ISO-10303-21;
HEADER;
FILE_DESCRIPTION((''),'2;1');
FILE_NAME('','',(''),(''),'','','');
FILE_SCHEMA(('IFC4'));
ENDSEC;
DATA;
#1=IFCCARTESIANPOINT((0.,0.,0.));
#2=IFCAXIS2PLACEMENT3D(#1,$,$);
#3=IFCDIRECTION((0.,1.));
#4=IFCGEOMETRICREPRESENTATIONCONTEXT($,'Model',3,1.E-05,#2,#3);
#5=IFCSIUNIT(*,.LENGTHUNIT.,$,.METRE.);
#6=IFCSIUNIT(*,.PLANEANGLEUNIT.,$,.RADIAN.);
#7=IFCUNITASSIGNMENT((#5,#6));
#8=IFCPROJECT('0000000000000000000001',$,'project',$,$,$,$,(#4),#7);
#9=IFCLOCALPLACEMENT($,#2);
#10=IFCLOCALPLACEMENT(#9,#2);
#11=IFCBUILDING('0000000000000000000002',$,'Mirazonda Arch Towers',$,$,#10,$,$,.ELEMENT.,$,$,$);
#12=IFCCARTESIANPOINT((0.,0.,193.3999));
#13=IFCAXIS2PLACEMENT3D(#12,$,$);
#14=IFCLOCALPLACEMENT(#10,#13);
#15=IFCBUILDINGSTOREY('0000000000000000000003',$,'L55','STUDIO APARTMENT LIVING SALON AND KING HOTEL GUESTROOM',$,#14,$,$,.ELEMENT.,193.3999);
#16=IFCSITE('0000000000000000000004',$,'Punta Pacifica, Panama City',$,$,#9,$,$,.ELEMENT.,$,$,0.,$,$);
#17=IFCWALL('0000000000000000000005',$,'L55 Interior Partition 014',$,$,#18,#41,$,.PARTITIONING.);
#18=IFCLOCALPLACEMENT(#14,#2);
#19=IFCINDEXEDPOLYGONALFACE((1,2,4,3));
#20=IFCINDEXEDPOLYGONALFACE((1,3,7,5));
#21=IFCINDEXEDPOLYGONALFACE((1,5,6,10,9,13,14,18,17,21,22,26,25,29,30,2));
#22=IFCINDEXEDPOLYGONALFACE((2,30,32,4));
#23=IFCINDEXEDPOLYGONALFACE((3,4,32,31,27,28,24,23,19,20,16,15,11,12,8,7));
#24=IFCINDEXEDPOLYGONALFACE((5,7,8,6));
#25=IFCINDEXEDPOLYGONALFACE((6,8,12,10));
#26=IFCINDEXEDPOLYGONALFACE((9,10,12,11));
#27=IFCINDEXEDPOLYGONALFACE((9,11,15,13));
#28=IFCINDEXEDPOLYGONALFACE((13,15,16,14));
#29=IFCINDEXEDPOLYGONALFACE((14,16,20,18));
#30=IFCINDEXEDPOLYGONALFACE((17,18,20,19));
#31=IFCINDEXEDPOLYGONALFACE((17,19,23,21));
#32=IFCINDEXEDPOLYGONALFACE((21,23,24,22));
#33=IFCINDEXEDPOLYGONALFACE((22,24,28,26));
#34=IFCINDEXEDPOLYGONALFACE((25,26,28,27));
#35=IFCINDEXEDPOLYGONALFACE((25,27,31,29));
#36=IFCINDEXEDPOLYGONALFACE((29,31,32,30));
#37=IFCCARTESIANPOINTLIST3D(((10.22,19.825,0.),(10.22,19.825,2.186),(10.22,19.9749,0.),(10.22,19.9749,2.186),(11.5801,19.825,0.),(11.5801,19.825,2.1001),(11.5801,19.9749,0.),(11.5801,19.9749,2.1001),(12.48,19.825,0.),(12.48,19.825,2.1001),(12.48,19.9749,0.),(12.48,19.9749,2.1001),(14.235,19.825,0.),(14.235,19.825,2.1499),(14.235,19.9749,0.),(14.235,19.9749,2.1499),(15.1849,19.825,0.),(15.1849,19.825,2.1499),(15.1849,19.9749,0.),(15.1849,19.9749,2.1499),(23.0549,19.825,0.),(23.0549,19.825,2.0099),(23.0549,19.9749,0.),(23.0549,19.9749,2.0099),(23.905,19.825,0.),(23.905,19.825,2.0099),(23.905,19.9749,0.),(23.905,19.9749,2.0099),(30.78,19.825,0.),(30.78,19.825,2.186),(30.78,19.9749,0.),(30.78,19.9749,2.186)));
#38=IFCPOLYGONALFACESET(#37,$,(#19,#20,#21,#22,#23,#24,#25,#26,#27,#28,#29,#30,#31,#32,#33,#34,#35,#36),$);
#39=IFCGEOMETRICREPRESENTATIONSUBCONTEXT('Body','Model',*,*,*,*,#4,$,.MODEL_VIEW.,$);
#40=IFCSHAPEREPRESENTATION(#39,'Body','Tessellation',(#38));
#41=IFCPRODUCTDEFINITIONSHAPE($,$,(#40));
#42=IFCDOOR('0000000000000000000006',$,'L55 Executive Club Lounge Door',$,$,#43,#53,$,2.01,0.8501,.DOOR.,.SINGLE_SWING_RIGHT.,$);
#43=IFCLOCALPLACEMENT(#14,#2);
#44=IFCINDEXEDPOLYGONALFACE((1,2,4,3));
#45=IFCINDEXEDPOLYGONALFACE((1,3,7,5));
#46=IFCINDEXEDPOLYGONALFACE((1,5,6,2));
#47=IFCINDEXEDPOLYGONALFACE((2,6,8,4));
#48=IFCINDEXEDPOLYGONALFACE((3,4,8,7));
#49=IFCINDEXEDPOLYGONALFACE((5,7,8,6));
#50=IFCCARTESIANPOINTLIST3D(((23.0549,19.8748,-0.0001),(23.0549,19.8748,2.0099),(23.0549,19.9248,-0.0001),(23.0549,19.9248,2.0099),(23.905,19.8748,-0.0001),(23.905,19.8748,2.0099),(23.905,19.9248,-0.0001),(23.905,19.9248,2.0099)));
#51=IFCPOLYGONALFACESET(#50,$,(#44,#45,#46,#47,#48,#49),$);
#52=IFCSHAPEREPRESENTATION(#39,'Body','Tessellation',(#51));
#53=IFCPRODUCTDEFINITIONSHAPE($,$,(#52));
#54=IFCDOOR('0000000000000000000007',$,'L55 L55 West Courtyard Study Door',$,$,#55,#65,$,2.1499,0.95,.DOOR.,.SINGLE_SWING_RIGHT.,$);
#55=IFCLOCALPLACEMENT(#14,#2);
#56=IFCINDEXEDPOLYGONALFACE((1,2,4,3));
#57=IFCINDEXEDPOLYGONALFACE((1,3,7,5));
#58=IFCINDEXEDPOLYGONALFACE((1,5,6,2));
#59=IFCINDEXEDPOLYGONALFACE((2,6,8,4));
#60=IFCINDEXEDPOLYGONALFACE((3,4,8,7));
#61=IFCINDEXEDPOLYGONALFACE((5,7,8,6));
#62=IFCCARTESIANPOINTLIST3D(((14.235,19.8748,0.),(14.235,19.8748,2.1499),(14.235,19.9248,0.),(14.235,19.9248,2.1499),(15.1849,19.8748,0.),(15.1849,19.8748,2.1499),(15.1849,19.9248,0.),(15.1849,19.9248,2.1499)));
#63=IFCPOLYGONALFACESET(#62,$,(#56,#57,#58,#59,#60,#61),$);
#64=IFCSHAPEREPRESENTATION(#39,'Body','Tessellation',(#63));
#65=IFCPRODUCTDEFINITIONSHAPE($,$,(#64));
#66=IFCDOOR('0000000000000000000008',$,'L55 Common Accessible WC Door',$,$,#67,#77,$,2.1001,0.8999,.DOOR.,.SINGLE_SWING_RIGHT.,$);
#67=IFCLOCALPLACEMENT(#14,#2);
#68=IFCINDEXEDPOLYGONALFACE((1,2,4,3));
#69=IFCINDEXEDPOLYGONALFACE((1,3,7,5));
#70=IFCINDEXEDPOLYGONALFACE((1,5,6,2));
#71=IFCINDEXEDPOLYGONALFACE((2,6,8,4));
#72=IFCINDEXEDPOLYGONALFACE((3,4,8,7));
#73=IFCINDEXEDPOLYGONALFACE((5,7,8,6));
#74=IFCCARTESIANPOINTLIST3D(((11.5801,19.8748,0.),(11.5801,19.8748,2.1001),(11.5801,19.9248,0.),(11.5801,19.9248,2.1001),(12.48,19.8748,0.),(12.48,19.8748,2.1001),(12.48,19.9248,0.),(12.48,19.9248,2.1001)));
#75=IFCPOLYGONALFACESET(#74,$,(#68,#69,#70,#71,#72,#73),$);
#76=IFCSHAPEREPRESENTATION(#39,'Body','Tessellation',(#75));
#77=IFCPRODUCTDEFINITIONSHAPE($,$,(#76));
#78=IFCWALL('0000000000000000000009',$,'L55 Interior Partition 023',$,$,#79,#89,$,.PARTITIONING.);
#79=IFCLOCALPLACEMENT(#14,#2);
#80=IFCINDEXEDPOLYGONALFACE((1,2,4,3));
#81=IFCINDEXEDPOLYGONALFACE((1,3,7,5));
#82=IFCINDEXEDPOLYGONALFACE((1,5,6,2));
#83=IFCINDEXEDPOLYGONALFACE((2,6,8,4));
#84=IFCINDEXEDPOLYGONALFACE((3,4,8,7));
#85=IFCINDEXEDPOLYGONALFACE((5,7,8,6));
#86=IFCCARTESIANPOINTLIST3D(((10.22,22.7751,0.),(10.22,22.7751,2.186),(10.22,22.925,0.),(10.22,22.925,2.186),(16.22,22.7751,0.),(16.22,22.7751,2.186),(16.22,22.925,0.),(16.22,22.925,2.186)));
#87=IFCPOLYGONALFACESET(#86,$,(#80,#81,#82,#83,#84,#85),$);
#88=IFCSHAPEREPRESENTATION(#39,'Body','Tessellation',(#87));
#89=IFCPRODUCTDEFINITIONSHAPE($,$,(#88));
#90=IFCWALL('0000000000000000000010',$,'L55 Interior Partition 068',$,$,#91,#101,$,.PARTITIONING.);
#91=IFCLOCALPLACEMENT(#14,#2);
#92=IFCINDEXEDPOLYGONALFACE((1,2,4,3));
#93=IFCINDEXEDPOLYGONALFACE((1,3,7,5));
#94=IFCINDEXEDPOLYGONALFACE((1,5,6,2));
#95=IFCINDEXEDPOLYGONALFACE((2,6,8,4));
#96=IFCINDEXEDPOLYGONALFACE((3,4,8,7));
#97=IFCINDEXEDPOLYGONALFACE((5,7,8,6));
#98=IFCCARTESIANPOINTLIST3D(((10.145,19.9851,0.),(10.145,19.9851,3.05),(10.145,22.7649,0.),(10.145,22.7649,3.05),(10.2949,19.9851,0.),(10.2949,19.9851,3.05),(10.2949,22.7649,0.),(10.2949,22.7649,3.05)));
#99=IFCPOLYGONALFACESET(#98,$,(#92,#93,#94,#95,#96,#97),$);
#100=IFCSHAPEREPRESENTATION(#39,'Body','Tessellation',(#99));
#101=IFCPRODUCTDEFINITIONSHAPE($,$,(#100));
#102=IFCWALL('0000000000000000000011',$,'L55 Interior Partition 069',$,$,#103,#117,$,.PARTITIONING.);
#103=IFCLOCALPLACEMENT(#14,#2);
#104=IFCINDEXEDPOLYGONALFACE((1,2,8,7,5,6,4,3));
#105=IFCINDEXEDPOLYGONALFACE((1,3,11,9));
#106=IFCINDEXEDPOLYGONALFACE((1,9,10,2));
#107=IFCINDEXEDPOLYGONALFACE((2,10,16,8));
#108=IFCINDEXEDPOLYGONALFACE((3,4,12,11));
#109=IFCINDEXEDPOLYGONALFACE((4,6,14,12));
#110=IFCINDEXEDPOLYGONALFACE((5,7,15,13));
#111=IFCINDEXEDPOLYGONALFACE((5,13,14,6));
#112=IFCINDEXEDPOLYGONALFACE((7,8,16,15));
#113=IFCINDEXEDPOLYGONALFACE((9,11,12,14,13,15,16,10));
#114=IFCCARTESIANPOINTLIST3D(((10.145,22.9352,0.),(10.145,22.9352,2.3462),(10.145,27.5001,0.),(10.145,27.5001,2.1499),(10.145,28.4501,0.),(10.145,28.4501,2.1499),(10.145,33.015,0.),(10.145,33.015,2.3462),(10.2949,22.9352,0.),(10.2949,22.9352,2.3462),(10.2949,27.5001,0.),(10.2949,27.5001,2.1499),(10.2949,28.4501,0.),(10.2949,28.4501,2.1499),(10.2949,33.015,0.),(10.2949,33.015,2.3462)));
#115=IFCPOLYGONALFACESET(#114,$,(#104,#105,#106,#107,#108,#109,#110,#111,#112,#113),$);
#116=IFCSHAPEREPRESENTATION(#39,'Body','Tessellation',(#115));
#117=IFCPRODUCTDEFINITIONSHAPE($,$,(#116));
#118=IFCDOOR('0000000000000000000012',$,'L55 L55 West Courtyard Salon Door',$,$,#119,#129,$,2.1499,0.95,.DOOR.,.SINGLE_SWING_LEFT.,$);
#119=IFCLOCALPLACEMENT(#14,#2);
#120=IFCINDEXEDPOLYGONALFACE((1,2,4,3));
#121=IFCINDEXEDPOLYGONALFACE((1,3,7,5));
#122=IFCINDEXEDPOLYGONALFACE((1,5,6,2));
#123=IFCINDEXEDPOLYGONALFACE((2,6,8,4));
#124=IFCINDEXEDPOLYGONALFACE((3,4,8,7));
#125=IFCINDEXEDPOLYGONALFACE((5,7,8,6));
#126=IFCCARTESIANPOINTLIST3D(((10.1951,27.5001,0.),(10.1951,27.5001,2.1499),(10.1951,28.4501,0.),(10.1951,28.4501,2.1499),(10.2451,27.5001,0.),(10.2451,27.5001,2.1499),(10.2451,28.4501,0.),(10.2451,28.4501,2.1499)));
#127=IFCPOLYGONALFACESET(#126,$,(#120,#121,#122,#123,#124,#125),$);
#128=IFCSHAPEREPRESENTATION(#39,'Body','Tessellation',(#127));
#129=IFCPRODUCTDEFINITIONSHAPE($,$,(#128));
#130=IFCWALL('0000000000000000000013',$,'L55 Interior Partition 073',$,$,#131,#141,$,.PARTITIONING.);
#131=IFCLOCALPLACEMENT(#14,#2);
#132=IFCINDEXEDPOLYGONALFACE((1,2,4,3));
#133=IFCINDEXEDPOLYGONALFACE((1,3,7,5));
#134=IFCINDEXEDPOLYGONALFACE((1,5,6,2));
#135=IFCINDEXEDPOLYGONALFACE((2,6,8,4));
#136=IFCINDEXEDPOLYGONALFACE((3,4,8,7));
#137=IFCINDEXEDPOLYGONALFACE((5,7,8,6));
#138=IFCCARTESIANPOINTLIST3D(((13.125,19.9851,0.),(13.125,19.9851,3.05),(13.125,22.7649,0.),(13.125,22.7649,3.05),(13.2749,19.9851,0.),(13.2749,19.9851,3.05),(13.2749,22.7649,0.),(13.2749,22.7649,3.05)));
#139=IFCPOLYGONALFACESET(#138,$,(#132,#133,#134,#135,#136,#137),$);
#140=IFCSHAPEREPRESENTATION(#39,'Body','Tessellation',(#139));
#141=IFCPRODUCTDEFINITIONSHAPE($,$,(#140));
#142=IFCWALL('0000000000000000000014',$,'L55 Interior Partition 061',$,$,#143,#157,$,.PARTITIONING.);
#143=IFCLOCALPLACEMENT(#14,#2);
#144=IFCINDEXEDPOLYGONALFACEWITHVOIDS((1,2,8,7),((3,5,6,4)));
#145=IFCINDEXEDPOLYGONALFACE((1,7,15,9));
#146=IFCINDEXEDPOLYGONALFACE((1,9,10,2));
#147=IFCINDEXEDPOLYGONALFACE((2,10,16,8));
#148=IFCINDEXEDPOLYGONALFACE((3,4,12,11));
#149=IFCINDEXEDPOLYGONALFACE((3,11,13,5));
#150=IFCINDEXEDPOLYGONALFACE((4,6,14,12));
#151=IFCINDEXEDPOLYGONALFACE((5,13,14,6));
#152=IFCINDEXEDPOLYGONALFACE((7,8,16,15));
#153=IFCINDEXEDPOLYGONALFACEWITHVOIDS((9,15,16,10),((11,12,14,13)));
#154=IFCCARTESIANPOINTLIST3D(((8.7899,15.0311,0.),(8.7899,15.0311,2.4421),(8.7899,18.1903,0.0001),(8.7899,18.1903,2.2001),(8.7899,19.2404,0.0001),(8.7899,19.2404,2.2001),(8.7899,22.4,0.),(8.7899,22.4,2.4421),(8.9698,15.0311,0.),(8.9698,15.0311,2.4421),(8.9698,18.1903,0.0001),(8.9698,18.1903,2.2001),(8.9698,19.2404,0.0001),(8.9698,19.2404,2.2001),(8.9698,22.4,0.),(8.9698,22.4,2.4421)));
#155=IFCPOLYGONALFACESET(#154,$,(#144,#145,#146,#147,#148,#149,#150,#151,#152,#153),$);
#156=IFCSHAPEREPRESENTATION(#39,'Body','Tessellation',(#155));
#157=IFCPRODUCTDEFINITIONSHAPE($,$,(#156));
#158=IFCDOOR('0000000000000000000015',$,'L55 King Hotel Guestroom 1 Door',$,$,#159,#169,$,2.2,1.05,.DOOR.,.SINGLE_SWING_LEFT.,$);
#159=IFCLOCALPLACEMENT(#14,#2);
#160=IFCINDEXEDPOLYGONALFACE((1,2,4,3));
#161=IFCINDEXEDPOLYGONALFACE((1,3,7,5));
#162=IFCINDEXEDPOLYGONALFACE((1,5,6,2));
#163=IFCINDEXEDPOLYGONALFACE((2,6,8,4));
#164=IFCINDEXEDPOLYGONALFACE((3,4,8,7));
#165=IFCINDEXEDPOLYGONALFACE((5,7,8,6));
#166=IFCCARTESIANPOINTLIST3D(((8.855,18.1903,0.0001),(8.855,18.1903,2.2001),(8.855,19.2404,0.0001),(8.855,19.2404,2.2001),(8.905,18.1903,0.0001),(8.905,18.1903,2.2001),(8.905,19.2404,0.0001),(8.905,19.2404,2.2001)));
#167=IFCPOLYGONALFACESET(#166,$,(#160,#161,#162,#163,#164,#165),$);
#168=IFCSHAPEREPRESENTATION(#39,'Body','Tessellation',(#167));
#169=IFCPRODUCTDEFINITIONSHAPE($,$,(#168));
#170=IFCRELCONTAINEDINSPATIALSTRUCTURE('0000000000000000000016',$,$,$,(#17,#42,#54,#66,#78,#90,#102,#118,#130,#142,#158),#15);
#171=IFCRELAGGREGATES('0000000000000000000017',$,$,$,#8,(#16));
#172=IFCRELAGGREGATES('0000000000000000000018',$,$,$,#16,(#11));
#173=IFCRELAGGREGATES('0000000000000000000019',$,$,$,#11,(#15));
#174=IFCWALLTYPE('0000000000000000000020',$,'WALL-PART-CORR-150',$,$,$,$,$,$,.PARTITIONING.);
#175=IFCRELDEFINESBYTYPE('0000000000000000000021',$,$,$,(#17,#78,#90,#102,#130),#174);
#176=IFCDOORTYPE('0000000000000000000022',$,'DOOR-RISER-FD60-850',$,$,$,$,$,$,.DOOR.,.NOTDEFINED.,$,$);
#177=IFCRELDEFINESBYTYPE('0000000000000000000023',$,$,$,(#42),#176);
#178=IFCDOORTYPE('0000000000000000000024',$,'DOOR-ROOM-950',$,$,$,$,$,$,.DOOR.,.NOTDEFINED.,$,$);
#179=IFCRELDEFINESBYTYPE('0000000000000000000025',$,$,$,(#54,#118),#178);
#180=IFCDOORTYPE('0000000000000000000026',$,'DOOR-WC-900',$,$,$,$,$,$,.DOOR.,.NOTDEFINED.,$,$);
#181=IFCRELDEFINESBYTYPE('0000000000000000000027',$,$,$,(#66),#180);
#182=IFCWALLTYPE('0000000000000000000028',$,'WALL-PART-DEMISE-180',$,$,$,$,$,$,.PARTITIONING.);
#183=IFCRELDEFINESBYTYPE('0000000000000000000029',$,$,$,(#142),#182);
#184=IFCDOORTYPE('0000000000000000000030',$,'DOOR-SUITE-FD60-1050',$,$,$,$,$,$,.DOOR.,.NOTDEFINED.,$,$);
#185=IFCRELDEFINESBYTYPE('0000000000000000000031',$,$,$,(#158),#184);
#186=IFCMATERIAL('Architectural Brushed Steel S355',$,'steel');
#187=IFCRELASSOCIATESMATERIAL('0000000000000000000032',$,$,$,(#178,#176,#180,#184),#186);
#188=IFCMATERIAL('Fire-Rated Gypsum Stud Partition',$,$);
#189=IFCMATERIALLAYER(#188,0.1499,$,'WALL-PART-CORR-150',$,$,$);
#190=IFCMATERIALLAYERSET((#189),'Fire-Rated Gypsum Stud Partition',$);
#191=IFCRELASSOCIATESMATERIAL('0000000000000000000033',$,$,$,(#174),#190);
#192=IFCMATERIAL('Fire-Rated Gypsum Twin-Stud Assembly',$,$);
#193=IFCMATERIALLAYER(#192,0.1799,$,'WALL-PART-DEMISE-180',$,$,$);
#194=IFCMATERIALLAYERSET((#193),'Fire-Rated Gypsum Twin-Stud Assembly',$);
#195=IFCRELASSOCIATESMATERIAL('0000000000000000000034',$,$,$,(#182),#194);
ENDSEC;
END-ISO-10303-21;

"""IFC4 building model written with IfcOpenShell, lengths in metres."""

from ifc_helpers import new_model, si_unit, direction, frame, frame_2d, origin, place, context, subcontext, project, spatial, rectangle, extrude, material, layer, layer_set, type_object, element, fill, save


model = new_model("IFC4")

# Units and contexts
model_context = context("Model", 3, precision=1e-05, world=origin(), true_north=direction((0.0, 1.0)))
body_context = subcontext(model_context, "Body", "Model", "MODEL_VIEW")
ifc_project = project(units=[si_unit("LENGTHUNIT", "METRE"), si_unit("PLANEANGLEUNIT", "RADIAN")], contexts=[model_context])

# Site, building, storey
site_placement = place(None, origin())
site = spatial("IfcSite", under=ifc_project, at=site_placement, Name="Punta Pacifica, Panama City", CompositionType="ELEMENT", RefElevation=0.0)
building_placement = place(site_placement, origin())
building = spatial("IfcBuilding", under=site, at=building_placement, Name="Mirazonda Arch Towers", CompositionType="ELEMENT")
storey_placement = place(building_placement, frame((0.0, 0.0, 193.3999)))
storey = spatial("IfcBuildingStorey", under=building, at=storey_placement, Name="L55", Description="STUDIO APARTMENT LIVING SALON AND KING HOTEL GUESTROOM", CompositionType="ELEMENT", Elevation=193.3999)

# Shared definitions
ifc_material_1 = material(Name="Architectural Brushed Steel S355", Category="steel")

# Shared definitions
door_type_1 = type_object("IfcDoorType", Name="DOOR-ROOM-950", OperationType="NOTDEFINED", PredefinedType="DOOR", material=ifc_material_1)

# Shared definitions
ifc_material_2 = material(Name="Fire-Rated Gypsum Stud Partition")
ifc_layer_1 = layer(ifc_material_2, 0.1499, Name="WALL-PART-CORR-150")
ifc_layer_set_1 = layer_set([ifc_layer_1], Name="Fire-Rated Gypsum Stud Partition")
wall_type_1 = type_object("IfcWallType", Name="WALL-PART-CORR-150", PredefinedType="PARTITIONING", material=ifc_layer_set_1)

# Wall, openings, doors
wall_1_placement = place(storey_placement, frame((10.22, 19.8999, 0.0), z_axis=(0.0, 0.0, 1.0), x_axis=(1.0, 0.0, 0.0)))
wall_1 = element("IfcWall", 1, at=wall_1_placement, inside=storey, type_object=wall_type_1, Name="L55 Interior Partition 014", PredefinedType="PARTITIONING", context=body_context, shape_type="SweptSolid", body=[
    extrude(rectangle(XDim=20.5601, YDim=0.1499, at=frame_2d((10.28, 0.0))), origin(), (0.0, 0.0, 1.0), 2.186),
])
opening_1_placement = place(wall_1_placement, frame((1.3601, 0.0, 0.0)))
opening_1 = element("IfcOpeningElement", 2, at=opening_1_placement, cuts=wall_1, PredefinedType="OPENING", context=body_context, shape_type="SweptSolid", body=[
    extrude(rectangle(XDim=0.8999, YDim=2.1001, at=frame_2d((0.45, 1.05))), frame((0.0, 0.085, 0.0), z_axis=(0.0, -1.0, 0.0), x_axis=(1.0, 0.0, 0.0)), (0.0, 0.0, 1.0), 0.1699),
])
opening_2_placement = place(wall_1_placement, frame((4.0149, 0.0, 0.0)))
opening_2 = element("IfcOpeningElement", 3, at=opening_2_placement, cuts=wall_1, PredefinedType="OPENING", context=body_context, shape_type="SweptSolid", body=[
    extrude(rectangle(XDim=0.95, YDim=2.1499, at=frame_2d((0.4751, 1.075))), frame((0.0, 0.085, 0.0), z_axis=(0.0, -1.0, 0.0), x_axis=(1.0, 0.0, 0.0)), (0.0, 0.0, 1.0), 0.1699),
])
opening_3_placement = place(wall_1_placement, frame((12.835, 0.0, 0.0)))
opening_3 = element("IfcOpeningElement", 4, at=opening_3_placement, cuts=wall_1, PredefinedType="OPENING", context=body_context, shape_type="SweptSolid", body=[
    extrude(rectangle(XDim=0.8501, YDim=2.01, at=frame_2d((0.425, 1.0049))), frame((0.0, 0.085, 0.0), z_axis=(0.0, -1.0, 0.0), x_axis=(1.0, 0.0, 0.0)), (0.0, 0.0, 1.0), 0.1699),
])
door_type_2 = type_object("IfcDoorType", Name="DOOR-RISER-FD60-850", OperationType="NOTDEFINED", PredefinedType="DOOR", material=ifc_material_1)
door_1_placement = place(opening_3_placement, origin())
door_1 = element("IfcDoor", 5, at=door_1_placement, inside=storey, type_object=door_type_2, Name="L55 Executive Club Lounge Door", OperationType="SINGLE_SWING_RIGHT", OverallHeight=2.01, OverallWidth=0.8501, PredefinedType="DOOR", context=body_context, shape_type="SweptSolid", body=[
    extrude(rectangle(XDim=0.8501, YDim=2.01, at=frame_2d((0.425, 1.0049))), frame((0.0, 0.0249, 0.0), z_axis=(0.0, -1.0, 0.0), x_axis=(1.0, 0.0, 0.0)), (0.0, 0.0, 1.0), 0.05),
])
fill(opening_3, door_1)
door_2_placement = place(opening_2_placement, origin())
door_2 = element("IfcDoor", 6, at=door_2_placement, inside=storey, type_object=door_type_1, Name="L55 L55 West Courtyard Study Door", OperationType="SINGLE_SWING_RIGHT", OverallHeight=2.1499, OverallWidth=0.95, PredefinedType="DOOR", context=body_context, shape_type="SweptSolid", body=[
    extrude(rectangle(XDim=0.95, YDim=2.1499, at=frame_2d((0.4751, 1.075))), frame((0.0, 0.0249, 0.0), z_axis=(0.0, -1.0, 0.0), x_axis=(1.0, 0.0, 0.0)), (0.0, 0.0, 1.0), 0.05),
])
fill(opening_2, door_2)
door_type_3 = type_object("IfcDoorType", Name="DOOR-WC-900", OperationType="NOTDEFINED", PredefinedType="DOOR", material=ifc_material_1)
door_3_placement = place(opening_1_placement, origin())
door_3 = element("IfcDoor", 7, at=door_3_placement, inside=storey, type_object=door_type_3, Name="L55 Common Accessible WC Door", OperationType="SINGLE_SWING_RIGHT", OverallHeight=2.1001, OverallWidth=0.8999, PredefinedType="DOOR", context=body_context, shape_type="SweptSolid", body=[
    extrude(rectangle(XDim=0.8999, YDim=2.1001, at=frame_2d((0.45, 1.05))), frame((0.0, 0.0249, 0.0), z_axis=(0.0, -1.0, 0.0), x_axis=(1.0, 0.0, 0.0)), (0.0, 0.0, 1.0), 0.05),
])
fill(opening_1, door_3)

# Walls
wall_2_placement = place(storey_placement, frame((10.22, 22.8501, 0.0), z_axis=(0.0, 0.0, 1.0), x_axis=(1.0, 0.0, 0.0)))
element("IfcWall", 8, at=wall_2_placement, inside=storey, type_object=wall_type_1, Name="L55 Interior Partition 023", PredefinedType="PARTITIONING", context=body_context, shape_type="SweptSolid", body=[
    extrude(rectangle(XDim=6.0, YDim=0.1499, at=frame_2d((3.0, 0.0))), origin(), (0.0, 0.0, 1.0), 2.186),
])
wall_3_placement = place(storey_placement, frame((10.22, 19.9851, 0.0), z_axis=(0.0, 0.0, 1.0), x_axis=(0.0, 1.0, 0.0)))
element("IfcWall", 9, at=wall_3_placement, inside=storey, type_object=wall_type_1, Name="L55 Interior Partition 068", PredefinedType="PARTITIONING", context=body_context, shape_type="SweptSolid", body=[
    extrude(rectangle(XDim=2.7798, YDim=0.1499, at=frame_2d((1.3899, 0.0))), origin(), (0.0, 0.0, 1.0), 3.05),
])

# Wall, opening, door
wall_4_placement = place(storey_placement, frame((10.22, 22.9351, 0.0), z_axis=(0.0, 0.0, 1.0), x_axis=(0.0, 1.0, 0.0)))
wall_4 = element("IfcWall", 10, at=wall_4_placement, inside=storey, type_object=wall_type_1, Name="L55 Interior Partition 069", PredefinedType="PARTITIONING", context=body_context, shape_type="SweptSolid", body=[
    extrude(rectangle(XDim=10.0798, YDim=0.1499, at=frame_2d((5.04, 0.0))), origin(), (0.0, 0.0, 1.0), 2.3462),
])
opening_4_placement = place(wall_4_placement, frame((4.5649, 0.0, 0.0)))
opening_4 = element("IfcOpeningElement", 11, at=opening_4_placement, cuts=wall_4, PredefinedType="OPENING", context=body_context, shape_type="SweptSolid", body=[
    extrude(rectangle(XDim=0.95, YDim=2.1499, at=frame_2d((0.4751, 1.075))), frame((0.0, 0.085, 0.0), z_axis=(0.0, -1.0, 0.0), x_axis=(1.0, 0.0, 0.0)), (0.0, 0.0, 1.0), 0.1699),
])
door_4_placement = place(opening_4_placement, origin())
door_4 = element("IfcDoor", 12, at=door_4_placement, inside=storey, type_object=door_type_1, Name="L55 L55 West Courtyard Salon Door", OperationType="SINGLE_SWING_LEFT", OverallHeight=2.1499, OverallWidth=0.95, PredefinedType="DOOR", context=body_context, shape_type="SweptSolid", body=[
    extrude(rectangle(XDim=0.95, YDim=2.1499, at=frame_2d((0.4751, 1.075))), frame((0.0, 0.0249, 0.0), z_axis=(0.0, -1.0, 0.0), x_axis=(1.0, 0.0, 0.0)), (0.0, 0.0, 1.0), 0.05),
])
fill(opening_4, door_4)

# Wall
wall_5_placement = place(storey_placement, frame((13.2, 19.9851, 0.0), z_axis=(0.0, 0.0, 1.0), x_axis=(0.0, 1.0, 0.0)))
element("IfcWall", 13, at=wall_5_placement, inside=storey, type_object=wall_type_1, Name="L55 Interior Partition 073", PredefinedType="PARTITIONING", context=body_context, shape_type="SweptSolid", body=[
    extrude(rectangle(XDim=2.7798, YDim=0.1499, at=frame_2d((1.3899, 0.0))), origin(), (0.0, 0.0, 1.0), 3.05),
])

# Wall, opening, door
ifc_material_3 = material(Name="Fire-Rated Gypsum Twin-Stud Assembly")
ifc_layer_2 = layer(ifc_material_3, 0.1799, Name="WALL-PART-DEMISE-180")
ifc_layer_set_2 = layer_set([ifc_layer_2], Name="Fire-Rated Gypsum Twin-Stud Assembly")
wall_type_2 = type_object("IfcWallType", Name="WALL-PART-DEMISE-180", PredefinedType="PARTITIONING", material=ifc_layer_set_2)
wall_6_placement = place(storey_placement, frame((8.8799, 15.031, 0.0), z_axis=(0.0, 0.0, 1.0), x_axis=(0.0, 1.0, 0.0)))
wall_6 = element("IfcWall", 14, at=wall_6_placement, inside=storey, type_object=wall_type_2, Name="L55 Interior Partition 061", PredefinedType="PARTITIONING", context=body_context, shape_type="SweptSolid", body=[
    extrude(rectangle(XDim=7.3689, YDim=0.1799, at=frame_2d((3.6846, 0.0))), origin(), (0.0, 0.0, 1.0), 2.4421),
])
opening_5_placement = place(wall_6_placement, frame((3.1594, 0.0, 0.0)))
opening_5 = element("IfcOpeningElement", 15, at=opening_5_placement, cuts=wall_6, PredefinedType="OPENING", context=body_context, shape_type="SweptSolid", body=[
    extrude(rectangle(XDim=1.05, YDim=2.2, at=frame_2d((0.5249, 1.1001))), frame((0.0, 0.0999, 0.0), z_axis=(0.0, -1.0, 0.0), x_axis=(1.0, 0.0, 0.0)), (0.0, 0.0, 1.0), 0.2),
])
door_type_4 = type_object("IfcDoorType", Name="DOOR-SUITE-FD60-1050", OperationType="NOTDEFINED", PredefinedType="DOOR", material=ifc_material_1)
door_5_placement = place(opening_5_placement, origin())
door_5 = element("IfcDoor", 16, at=door_5_placement, inside=storey, type_object=door_type_4, Name="L55 King Hotel Guestroom 1 Door", OperationType="SINGLE_SWING_LEFT", OverallHeight=2.2, OverallWidth=1.05, PredefinedType="DOOR", context=body_context, shape_type="SweptSolid", body=[
    extrude(rectangle(XDim=1.05, YDim=2.2, at=frame_2d((0.5249, 1.1001))), frame((0.0, 0.0249, 0.0), z_axis=(0.0, -1.0, 0.0), x_axis=(1.0, 0.0, 0.0)), (0.0, 0.0, 1.0), 0.05),
])
fill(opening_5, door_5)

save(model, "model.ifc")
